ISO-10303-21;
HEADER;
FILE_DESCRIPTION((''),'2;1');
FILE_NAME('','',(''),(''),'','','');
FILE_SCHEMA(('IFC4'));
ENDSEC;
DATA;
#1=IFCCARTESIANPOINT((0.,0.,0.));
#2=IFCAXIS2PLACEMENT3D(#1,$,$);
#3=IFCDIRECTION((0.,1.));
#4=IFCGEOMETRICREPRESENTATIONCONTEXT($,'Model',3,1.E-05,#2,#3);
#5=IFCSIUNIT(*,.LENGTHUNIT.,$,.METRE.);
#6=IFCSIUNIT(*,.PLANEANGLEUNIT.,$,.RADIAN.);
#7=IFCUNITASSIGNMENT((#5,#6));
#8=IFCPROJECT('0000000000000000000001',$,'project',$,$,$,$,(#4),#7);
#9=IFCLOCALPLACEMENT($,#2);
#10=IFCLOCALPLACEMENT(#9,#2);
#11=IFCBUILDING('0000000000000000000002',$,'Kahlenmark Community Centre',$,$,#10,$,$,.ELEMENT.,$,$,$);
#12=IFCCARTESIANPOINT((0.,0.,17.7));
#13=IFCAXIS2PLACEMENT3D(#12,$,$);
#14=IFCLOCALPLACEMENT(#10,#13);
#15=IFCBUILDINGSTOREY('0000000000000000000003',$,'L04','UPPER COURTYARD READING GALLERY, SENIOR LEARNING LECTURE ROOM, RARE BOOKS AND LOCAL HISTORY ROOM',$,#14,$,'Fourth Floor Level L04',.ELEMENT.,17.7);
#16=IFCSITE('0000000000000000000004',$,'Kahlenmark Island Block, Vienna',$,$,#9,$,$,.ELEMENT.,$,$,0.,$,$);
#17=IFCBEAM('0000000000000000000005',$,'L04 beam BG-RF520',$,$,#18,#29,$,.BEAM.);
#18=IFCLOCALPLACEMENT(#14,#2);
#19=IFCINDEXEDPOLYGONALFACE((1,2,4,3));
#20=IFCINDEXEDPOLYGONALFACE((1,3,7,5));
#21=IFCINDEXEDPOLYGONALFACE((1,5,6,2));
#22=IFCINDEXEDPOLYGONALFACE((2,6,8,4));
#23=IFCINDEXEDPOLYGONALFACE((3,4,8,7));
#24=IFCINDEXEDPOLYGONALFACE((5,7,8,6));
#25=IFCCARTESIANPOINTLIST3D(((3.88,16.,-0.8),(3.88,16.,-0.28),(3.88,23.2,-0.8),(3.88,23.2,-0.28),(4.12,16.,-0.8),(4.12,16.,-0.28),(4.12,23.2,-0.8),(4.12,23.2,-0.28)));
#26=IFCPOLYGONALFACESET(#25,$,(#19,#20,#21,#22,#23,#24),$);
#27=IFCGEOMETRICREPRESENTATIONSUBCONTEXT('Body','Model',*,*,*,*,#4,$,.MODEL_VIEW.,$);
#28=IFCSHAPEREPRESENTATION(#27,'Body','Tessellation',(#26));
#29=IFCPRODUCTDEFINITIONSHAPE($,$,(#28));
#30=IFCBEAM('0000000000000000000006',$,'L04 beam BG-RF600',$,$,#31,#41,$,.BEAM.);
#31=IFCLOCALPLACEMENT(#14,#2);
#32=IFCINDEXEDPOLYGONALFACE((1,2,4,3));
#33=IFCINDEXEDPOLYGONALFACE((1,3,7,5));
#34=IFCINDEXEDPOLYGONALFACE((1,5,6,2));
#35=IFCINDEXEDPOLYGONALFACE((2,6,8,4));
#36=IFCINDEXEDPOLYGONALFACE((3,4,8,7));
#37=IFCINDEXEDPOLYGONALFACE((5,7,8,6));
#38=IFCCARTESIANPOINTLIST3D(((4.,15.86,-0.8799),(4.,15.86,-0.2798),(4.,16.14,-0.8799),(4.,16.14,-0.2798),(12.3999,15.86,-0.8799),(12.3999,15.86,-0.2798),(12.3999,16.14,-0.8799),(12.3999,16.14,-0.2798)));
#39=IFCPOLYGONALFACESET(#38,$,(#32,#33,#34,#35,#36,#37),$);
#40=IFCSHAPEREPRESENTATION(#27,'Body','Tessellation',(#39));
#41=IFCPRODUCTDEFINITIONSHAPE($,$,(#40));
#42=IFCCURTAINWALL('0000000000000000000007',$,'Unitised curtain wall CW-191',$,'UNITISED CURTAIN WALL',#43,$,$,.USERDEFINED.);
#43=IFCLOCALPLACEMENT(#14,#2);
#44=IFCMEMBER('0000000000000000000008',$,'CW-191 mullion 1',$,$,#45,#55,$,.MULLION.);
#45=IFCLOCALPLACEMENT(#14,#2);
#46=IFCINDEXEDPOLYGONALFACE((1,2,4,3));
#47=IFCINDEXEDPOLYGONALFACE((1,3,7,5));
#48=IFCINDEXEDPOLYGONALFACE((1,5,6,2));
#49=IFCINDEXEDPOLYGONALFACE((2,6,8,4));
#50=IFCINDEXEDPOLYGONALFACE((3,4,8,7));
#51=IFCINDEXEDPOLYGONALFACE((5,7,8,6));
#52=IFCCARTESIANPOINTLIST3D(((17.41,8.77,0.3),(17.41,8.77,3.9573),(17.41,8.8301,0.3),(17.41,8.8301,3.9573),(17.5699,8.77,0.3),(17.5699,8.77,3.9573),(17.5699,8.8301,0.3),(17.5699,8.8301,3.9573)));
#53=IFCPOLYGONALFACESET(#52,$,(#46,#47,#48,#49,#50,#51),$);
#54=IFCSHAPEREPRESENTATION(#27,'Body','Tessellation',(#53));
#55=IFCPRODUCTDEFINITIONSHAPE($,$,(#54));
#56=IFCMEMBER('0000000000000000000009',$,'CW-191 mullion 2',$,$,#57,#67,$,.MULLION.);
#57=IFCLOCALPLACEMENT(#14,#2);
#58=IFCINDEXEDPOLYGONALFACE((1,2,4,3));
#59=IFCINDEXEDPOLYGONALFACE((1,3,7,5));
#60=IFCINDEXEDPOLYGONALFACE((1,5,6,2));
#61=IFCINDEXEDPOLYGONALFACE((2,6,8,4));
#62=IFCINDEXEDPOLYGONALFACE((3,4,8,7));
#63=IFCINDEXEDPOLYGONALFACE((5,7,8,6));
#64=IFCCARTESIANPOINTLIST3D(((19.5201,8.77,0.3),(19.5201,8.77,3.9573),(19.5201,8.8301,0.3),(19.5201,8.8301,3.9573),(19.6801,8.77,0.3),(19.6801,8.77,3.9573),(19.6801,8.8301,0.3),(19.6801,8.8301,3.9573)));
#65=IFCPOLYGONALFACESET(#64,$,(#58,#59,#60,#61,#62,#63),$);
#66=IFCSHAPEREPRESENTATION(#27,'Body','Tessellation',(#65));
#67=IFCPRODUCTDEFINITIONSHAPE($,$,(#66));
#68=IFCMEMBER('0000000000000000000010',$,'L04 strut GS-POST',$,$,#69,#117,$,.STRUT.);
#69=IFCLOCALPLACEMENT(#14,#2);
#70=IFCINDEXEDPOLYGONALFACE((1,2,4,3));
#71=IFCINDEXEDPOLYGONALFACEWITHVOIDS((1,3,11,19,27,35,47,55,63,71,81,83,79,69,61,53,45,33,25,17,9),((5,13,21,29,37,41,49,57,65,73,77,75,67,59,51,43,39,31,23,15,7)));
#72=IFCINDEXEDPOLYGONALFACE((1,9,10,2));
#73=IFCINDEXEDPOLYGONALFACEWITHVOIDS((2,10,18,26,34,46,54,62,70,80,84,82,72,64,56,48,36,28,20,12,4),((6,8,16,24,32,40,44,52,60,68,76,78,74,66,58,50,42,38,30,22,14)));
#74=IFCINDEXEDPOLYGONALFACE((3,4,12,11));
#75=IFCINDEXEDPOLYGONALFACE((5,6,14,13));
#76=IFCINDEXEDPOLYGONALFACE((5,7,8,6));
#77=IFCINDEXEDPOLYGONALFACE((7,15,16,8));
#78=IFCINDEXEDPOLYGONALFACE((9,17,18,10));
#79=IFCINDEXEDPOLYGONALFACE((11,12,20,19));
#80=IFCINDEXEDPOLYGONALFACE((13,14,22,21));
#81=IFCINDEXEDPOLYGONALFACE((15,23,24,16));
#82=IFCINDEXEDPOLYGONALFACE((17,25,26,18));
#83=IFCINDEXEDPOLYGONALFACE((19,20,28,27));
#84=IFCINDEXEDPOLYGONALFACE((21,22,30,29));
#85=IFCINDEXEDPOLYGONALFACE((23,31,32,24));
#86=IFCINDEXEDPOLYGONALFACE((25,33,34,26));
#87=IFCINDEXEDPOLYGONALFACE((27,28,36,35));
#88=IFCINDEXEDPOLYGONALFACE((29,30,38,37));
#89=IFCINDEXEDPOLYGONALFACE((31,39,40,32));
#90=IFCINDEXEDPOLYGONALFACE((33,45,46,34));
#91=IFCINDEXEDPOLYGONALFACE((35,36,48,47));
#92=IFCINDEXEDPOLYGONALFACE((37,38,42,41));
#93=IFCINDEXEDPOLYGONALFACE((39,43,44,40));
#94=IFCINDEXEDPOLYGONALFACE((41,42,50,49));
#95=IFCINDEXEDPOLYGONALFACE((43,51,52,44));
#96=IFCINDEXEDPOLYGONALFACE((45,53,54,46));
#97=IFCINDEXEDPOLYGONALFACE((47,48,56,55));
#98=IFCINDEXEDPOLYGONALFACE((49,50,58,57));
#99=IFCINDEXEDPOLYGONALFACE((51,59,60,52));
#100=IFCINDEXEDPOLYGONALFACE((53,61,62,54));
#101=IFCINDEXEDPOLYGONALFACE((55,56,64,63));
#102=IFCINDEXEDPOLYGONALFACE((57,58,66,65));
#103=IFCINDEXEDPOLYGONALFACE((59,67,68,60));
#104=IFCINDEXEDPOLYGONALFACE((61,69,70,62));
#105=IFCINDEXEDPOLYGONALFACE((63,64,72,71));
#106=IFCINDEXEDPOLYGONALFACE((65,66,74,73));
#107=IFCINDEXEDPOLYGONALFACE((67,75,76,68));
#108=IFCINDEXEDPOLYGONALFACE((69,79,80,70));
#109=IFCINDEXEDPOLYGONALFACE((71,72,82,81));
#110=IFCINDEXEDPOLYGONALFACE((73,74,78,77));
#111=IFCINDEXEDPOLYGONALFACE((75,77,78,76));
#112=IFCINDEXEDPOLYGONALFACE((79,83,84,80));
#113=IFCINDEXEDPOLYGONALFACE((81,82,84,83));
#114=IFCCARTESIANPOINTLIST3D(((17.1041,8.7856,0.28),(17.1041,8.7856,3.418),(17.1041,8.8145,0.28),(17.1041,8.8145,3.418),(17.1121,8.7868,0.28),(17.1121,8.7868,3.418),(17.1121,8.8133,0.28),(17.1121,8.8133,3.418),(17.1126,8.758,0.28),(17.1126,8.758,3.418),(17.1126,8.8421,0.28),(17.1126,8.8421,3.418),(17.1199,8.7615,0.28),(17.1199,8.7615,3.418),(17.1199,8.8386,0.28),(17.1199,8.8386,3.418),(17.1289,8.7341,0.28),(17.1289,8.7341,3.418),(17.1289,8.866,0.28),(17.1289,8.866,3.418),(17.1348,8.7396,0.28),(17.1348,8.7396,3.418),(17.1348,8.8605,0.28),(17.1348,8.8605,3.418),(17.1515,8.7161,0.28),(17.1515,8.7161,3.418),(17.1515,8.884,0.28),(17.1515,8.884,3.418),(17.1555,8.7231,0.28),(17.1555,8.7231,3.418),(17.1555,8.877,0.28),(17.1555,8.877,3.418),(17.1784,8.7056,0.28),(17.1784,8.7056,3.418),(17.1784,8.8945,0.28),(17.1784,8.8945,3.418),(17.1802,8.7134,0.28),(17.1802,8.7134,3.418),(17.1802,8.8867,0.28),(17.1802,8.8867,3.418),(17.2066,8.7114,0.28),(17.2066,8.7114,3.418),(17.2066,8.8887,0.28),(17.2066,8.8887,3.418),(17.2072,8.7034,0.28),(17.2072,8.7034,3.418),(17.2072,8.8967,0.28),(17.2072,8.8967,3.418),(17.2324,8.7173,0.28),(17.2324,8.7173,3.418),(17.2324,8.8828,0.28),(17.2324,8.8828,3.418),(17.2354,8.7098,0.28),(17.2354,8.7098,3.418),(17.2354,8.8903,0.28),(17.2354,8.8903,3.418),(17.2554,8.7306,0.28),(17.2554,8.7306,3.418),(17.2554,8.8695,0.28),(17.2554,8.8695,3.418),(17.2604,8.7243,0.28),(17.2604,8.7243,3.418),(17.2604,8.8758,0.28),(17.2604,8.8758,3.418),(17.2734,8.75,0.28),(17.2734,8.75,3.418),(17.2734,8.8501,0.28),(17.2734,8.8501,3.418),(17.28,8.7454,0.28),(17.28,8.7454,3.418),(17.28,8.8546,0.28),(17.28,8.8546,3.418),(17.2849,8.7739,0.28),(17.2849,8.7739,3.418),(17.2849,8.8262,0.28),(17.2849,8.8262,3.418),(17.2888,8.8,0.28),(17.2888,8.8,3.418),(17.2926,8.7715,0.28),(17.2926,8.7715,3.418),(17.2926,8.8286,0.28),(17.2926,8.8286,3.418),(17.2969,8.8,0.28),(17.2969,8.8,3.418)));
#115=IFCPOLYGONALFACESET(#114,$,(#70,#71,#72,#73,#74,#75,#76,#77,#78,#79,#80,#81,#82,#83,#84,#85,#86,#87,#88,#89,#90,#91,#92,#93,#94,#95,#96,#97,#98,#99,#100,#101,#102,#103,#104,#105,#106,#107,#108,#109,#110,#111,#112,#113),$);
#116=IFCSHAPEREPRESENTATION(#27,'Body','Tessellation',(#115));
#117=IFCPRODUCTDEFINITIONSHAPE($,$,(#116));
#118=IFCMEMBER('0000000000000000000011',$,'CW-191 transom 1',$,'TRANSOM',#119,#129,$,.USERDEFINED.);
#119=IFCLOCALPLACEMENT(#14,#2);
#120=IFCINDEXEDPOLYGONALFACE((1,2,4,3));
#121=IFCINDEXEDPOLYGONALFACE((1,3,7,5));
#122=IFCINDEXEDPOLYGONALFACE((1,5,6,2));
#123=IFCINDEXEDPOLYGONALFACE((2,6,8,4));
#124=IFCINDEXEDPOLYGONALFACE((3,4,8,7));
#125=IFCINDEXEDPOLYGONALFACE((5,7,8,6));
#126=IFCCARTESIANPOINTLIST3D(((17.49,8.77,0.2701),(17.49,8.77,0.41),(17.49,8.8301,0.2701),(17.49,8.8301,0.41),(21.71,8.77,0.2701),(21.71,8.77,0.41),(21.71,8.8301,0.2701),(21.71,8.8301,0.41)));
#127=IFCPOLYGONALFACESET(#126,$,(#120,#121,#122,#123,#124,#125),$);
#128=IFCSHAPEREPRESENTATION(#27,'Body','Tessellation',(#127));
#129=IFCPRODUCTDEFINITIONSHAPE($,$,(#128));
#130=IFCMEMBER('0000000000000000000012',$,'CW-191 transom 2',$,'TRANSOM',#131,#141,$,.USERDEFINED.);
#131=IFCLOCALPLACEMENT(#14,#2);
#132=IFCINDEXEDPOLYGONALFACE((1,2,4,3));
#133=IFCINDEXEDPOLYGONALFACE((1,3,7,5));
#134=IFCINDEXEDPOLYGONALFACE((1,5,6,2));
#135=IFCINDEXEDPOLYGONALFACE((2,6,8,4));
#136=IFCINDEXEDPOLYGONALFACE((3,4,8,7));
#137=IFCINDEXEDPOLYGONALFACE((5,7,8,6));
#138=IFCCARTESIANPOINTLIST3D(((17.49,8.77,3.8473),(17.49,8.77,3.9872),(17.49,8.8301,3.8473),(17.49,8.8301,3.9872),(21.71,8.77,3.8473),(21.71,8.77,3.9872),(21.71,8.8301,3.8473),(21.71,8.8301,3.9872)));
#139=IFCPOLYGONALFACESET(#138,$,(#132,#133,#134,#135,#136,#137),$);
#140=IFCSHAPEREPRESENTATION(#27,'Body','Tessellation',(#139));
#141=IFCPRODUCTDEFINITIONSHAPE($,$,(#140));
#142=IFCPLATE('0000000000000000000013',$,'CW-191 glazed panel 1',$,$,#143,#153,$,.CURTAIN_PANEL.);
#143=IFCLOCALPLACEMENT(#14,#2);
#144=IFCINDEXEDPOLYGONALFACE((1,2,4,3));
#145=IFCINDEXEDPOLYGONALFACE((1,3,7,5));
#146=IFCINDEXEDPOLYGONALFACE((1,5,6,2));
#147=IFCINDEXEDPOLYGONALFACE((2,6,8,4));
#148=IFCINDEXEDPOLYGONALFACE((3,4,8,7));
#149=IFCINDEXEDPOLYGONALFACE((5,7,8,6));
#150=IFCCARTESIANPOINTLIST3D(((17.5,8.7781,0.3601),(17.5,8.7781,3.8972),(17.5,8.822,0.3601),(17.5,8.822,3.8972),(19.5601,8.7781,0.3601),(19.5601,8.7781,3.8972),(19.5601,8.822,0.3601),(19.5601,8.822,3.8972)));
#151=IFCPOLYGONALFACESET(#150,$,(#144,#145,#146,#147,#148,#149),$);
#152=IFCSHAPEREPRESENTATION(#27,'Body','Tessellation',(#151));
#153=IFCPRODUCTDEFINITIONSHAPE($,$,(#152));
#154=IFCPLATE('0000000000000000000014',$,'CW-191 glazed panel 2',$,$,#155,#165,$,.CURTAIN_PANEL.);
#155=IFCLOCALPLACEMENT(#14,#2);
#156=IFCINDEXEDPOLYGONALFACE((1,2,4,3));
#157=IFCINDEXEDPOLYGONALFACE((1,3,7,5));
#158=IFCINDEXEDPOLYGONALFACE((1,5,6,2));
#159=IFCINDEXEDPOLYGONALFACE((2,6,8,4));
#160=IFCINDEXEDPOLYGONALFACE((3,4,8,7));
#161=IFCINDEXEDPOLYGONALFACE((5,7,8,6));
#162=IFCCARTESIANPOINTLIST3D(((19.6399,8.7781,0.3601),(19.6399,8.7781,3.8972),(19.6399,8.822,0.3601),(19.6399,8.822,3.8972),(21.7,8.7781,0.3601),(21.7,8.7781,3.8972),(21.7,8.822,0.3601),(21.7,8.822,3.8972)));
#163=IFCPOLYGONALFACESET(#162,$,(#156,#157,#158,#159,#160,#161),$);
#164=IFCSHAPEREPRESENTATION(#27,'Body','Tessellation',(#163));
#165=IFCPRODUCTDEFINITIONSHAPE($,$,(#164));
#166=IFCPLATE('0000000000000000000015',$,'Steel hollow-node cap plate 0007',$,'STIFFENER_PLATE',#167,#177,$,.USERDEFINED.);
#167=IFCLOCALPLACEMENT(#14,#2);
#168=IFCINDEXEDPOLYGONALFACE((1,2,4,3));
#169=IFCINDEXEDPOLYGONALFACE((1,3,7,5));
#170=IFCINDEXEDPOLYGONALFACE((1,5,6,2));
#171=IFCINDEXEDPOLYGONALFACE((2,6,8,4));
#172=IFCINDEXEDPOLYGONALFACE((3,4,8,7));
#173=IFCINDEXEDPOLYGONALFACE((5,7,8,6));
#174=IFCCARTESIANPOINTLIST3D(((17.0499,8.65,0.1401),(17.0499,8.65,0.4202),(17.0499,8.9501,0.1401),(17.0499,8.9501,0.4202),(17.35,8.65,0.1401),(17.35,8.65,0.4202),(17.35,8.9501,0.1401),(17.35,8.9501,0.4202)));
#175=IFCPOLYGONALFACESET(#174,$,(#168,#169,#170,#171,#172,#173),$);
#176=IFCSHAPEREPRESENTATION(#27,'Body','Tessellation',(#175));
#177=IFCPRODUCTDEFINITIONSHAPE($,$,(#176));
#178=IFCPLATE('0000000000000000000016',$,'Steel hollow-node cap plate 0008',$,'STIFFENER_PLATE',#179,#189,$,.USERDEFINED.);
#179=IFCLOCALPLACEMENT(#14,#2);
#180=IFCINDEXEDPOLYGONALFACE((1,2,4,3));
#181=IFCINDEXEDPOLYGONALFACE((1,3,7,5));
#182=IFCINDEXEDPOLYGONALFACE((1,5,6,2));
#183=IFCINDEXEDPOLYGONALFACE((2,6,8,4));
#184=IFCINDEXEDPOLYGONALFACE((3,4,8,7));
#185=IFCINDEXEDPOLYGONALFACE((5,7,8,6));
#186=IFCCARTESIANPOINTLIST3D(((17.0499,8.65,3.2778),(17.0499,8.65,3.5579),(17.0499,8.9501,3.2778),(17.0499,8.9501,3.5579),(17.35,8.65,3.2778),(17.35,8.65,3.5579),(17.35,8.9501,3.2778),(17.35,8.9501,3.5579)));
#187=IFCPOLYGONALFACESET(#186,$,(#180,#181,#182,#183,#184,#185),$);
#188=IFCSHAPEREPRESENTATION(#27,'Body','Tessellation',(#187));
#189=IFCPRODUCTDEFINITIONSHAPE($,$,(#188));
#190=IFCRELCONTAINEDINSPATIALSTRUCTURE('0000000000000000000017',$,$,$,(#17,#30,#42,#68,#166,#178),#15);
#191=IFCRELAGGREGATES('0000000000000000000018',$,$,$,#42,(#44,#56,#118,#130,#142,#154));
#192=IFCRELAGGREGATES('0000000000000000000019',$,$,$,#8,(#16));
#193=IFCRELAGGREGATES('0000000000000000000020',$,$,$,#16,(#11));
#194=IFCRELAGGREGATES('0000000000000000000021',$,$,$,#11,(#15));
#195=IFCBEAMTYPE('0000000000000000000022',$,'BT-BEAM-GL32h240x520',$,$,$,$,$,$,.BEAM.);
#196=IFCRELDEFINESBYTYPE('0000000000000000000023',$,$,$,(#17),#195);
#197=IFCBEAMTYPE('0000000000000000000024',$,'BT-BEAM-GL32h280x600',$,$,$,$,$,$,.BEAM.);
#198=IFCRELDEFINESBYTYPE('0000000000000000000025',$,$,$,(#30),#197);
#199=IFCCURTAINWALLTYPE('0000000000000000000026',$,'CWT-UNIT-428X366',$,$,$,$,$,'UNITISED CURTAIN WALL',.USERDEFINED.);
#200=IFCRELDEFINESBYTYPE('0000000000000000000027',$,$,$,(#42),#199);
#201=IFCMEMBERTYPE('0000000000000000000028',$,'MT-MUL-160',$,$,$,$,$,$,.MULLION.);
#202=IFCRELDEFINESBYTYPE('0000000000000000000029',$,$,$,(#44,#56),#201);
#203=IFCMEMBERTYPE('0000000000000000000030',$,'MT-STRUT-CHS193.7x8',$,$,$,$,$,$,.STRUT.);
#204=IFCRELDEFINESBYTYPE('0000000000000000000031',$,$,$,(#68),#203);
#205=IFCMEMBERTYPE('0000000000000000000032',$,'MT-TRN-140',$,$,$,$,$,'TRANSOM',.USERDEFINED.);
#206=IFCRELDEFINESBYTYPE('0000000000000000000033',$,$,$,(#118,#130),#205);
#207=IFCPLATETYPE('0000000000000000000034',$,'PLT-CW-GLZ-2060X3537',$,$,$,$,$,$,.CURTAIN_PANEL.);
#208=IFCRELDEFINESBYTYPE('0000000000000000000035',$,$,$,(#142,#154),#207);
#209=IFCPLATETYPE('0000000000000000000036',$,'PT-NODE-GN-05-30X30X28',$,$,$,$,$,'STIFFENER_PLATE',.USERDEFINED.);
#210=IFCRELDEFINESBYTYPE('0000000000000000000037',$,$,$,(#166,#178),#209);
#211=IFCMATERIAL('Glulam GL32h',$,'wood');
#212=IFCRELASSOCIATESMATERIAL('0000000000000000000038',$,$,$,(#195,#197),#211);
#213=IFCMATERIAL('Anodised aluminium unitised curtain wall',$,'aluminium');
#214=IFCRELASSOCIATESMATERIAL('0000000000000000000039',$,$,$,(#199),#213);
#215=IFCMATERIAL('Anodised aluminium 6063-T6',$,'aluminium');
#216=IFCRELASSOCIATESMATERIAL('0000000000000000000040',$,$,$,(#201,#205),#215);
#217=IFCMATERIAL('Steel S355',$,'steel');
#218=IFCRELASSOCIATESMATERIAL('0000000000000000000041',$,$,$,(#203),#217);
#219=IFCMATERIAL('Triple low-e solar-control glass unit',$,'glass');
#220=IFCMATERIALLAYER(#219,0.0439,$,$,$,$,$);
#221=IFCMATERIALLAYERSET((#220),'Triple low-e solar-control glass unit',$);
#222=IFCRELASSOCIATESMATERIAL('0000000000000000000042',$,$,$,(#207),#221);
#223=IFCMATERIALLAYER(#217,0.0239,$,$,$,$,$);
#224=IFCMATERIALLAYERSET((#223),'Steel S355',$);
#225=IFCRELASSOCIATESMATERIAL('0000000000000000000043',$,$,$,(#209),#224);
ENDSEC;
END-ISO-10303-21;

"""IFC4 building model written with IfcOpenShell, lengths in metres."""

from ifc_helpers import new_model, si_unit, direction, frame, origin, origin_2d, place, context, subcontext, project, spatial, rectangle, hollow_circle, extrude, material, layer, layer_set, material_profile, profile_set, type_object, element, aggregate, save


model = new_model("IFC4")

# Units and contexts
model_context = context("Model", 3, precision=1e-05, world=origin(), true_north=direction((0.0, 1.0)))
body_context = subcontext(model_context, "Body", "Model", "MODEL_VIEW")
ifc_project = project(units=[si_unit("LENGTHUNIT", "METRE"), si_unit("PLANEANGLEUNIT", "RADIAN")], contexts=[model_context])

# Site, building, storey
site_placement = place(None, origin())
site = spatial("IfcSite", under=ifc_project, at=site_placement, Name="Kahlenmark Island Block, Vienna", CompositionType="ELEMENT", RefElevation=0.0)
building_placement = place(site_placement, origin())
building = spatial("IfcBuilding", under=site, at=building_placement, Name="Kahlenmark Community Centre", CompositionType="ELEMENT")
storey_placement = place(building_placement, frame((0.0, 0.0, 17.7)))
storey = spatial("IfcBuildingStorey", under=building, at=storey_placement, Name="L04", Description="UPPER COURTYARD READING GALLERY, SENIOR LEARNING LECTURE ROOM, RARE BOOKS AND LOCAL HISTORY ROOM", LongName="Fourth Floor Level L04", CompositionType="ELEMENT", Elevation=17.7)

# Beams
ifc_material_1 = material(Name="Glulam GL32h", Category="wood")
ifc_material_profile_1 = material_profile(ifc_material_1, rectangle(XDim=0.24, YDim=0.52, at=origin_2d()), Name="GL32h 240x520")
ifc_profile_set_1 = profile_set([ifc_material_profile_1], Name="Glulam GL32h")
beam_type_1 = type_object("IfcBeamType", Name="BT-BEAM-GL32h240x520", PredefinedType="BEAM", material=ifc_profile_set_1)
beam_1_placement = place(storey_placement, frame((4.0, 16.0, -0.54), z_axis=(0.0, 1.0, 0.0), x_axis=(-1.0, 0.0, 0.0)))
element("IfcBeam", 1, at=beam_1_placement, inside=storey, type_object=beam_type_1, Name="L04 beam BG-RF520", PredefinedType="BEAM", context=body_context, shape_type="SweptSolid", body=[
    extrude(rectangle(XDim=0.24, YDim=0.52, at=origin_2d()), origin(), (0.0, 0.0, 1.0), 7.2),
])
ifc_material_profile_2 = material_profile(ifc_material_1, rectangle(XDim=0.28, YDim=0.6001, at=origin_2d()), Name="GL32h 280x600")
ifc_profile_set_2 = profile_set([ifc_material_profile_2], Name="Glulam GL32h")
beam_type_2 = type_object("IfcBeamType", Name="BT-BEAM-GL32h280x600", PredefinedType="BEAM", material=ifc_profile_set_2)
beam_2_placement = place(storey_placement, frame((4.0, 16.0, -0.5798), z_axis=(1.0, 0.0, 0.0), x_axis=(0.0, 1.0, 0.0)))
element("IfcBeam", 2, at=beam_2_placement, inside=storey, type_object=beam_type_2, Name="L04 beam BG-RF600", PredefinedType="BEAM", context=body_context, shape_type="SweptSolid", body=[
    extrude(rectangle(XDim=0.28, YDim=0.6001, at=origin_2d()), origin(), (0.0, 0.0, 1.0), 8.3999),
])

# Curtain wall, members
ifc_material_2 = material(Name="Anodised aluminium unitised curtain wall", Category="aluminium")
curtain_wall_type = type_object("IfcCurtainWallType", Name="CWT-UNIT-428X366", ElementType="UNITISED CURTAIN WALL", PredefinedType="USERDEFINED", material=ifc_material_2)
curtain_wall_placement = place(storey_placement, origin())
curtain_wall = element("IfcCurtainWall", 3, at=curtain_wall_placement, inside=storey, type_object=curtain_wall_type, Name="Unitised curtain wall CW-191", ObjectType="UNITISED CURTAIN WALL", PredefinedType="USERDEFINED")
ifc_material_3 = material(Name="Anodised aluminium 6063-T6", Category="aluminium")
ifc_material_profile_3 = material_profile(ifc_material_3, rectangle(XDim=0.0601, YDim=0.1599, at=origin_2d()), Name="ALU MULLION 60x160")
ifc_profile_set_3 = profile_set([ifc_material_profile_3], Name="Anodised aluminium 6063-T6")
member_type_1 = type_object("IfcMemberType", Name="MT-MUL-160", PredefinedType="MULLION", material=ifc_profile_set_3)
member_1_placement = place(storey_placement, frame((17.49, 8.8, 0.3), z_axis=(0.0, 0.0, 1.0), x_axis=(0.0, 1.0, 0.0)))
member_1 = element("IfcMember", 4, at=member_1_placement, type_object=member_type_1, Name="CW-191 mullion 1", PredefinedType="MULLION", context=body_context, shape_type="SweptSolid", body=[
    extrude(rectangle(XDim=0.0601, YDim=0.1599, at=origin_2d()), origin(), (0.0, 0.0, 1.0), 3.6572),
])
member_2_placement = place(storey_placement, frame((19.6001, 8.8, 0.3), z_axis=(0.0, 0.0, 1.0), x_axis=(0.0, 1.0, 0.0)))
member_2 = element("IfcMember", 5, at=member_2_placement, type_object=member_type_1, Name="CW-191 mullion 2", PredefinedType="MULLION", context=body_context, shape_type="SweptSolid", body=[
    extrude(rectangle(XDim=0.0601, YDim=0.1599, at=origin_2d()), origin(), (0.0, 0.0, 1.0), 3.6572),
])

# Members
ifc_material_4 = material(Name="Steel S355", Category="steel")
ifc_material_profile_4 = material_profile(ifc_material_4, hollow_circle(Radius=0.0969, WallThickness=0.0081, at=origin_2d()), Name="CHS 193.7x8")
ifc_profile_set_4 = profile_set([ifc_material_profile_4], Name="Steel S355")
member_type_2 = type_object("IfcMemberType", Name="MT-STRUT-CHS193.7x8", PredefinedType="STRUT", material=ifc_profile_set_4)
member_3_placement = place(storey_placement, frame((17.2, 8.8, 0.28), z_axis=(0.0, 0.0, 1.0), x_axis=(1.0, 0.0, 0.0)))
element("IfcMember", 6, at=member_3_placement, inside=storey, type_object=member_type_2, Name="L04 strut GS-POST", PredefinedType="STRUT", context=body_context, shape_type="SweptSolid", body=[
    extrude(hollow_circle(Radius=0.0969, WallThickness=0.0081, at=origin_2d()), origin(), (0.0, 0.0, 1.0), 3.1379),
])
ifc_material_profile_5 = material_profile(ifc_material_3, rectangle(XDim=0.0601, YDim=0.1399, at=origin_2d()), Name="ALU TRANSOM 60x140")
ifc_profile_set_5 = profile_set([ifc_material_profile_5], Name="Anodised aluminium 6063-T6")
member_type_3 = type_object("IfcMemberType", Name="MT-TRN-140", ElementType="TRANSOM", PredefinedType="USERDEFINED", material=ifc_profile_set_5)
member_4_placement = place(storey_placement, frame((17.49, 8.8, 0.3401), z_axis=(1.0, 0.0, 0.0), x_axis=(0.0, 1.0, 0.0)))
member_4 = element("IfcMember", 7, at=member_4_placement, type_object=member_type_3, Name="CW-191 transom 1", ObjectType="TRANSOM", PredefinedType="USERDEFINED", context=body_context, shape_type="SweptSolid", body=[
    extrude(rectangle(XDim=0.0601, YDim=0.1399, at=origin_2d()), origin(), (0.0, 0.0, 1.0), 4.22),
])
member_5_placement = place(storey_placement, frame((17.49, 8.8, 3.9172), z_axis=(1.0, 0.0, 0.0), x_axis=(0.0, 1.0, 0.0)))
member_5 = element("IfcMember", 8, at=member_5_placement, type_object=member_type_3, Name="CW-191 transom 2", ObjectType="TRANSOM", PredefinedType="USERDEFINED", context=body_context, shape_type="SweptSolid", body=[
    extrude(rectangle(XDim=0.0601, YDim=0.1399, at=origin_2d()), origin(), (0.0, 0.0, 1.0), 4.22),
])

# Plates
ifc_material_5 = material(Name="Triple low-e solar-control glass unit", Category="glass")
ifc_layer_1 = layer(ifc_material_5, 0.0439)
ifc_layer_set_1 = layer_set([ifc_layer_1], Name="Triple low-e solar-control glass unit")
plate_type_1 = type_object("IfcPlateType", Name="PLT-CW-GLZ-2060X3537", PredefinedType="CURTAIN_PANEL", material=ifc_layer_set_1)
plate_1_placement = place(storey_placement, frame((18.53, 8.8, 0.3601), z_axis=(0.0, 0.0, 1.0), x_axis=(1.0, 0.0, 0.0)))
plate_1 = element("IfcPlate", 9, at=plate_1_placement, type_object=plate_type_1, Name="CW-191 glazed panel 1", PredefinedType="CURTAIN_PANEL", context=body_context, shape_type="SweptSolid", body=[
    extrude(rectangle(XDim=2.0601, YDim=0.0439, at=origin_2d()), origin(), (0.0, 0.0, 1.0), 3.5371),
])
plate_2_placement = place(storey_placement, frame((20.6699, 8.8, 0.3601), z_axis=(0.0, 0.0, 1.0), x_axis=(1.0, 0.0, 0.0)))
plate_2 = element("IfcPlate", 10, at=plate_2_placement, type_object=plate_type_1, Name="CW-191 glazed panel 2", PredefinedType="CURTAIN_PANEL", context=body_context, shape_type="SweptSolid", body=[
    extrude(rectangle(XDim=2.0601, YDim=0.0439, at=origin_2d()), origin(), (0.0, 0.0, 1.0), 3.5371),
])
aggregate(curtain_wall, [member_1, member_2, member_4, member_5, plate_1, plate_2])

# Plates
ifc_layer_2 = layer(ifc_material_4, 0.0239)
ifc_layer_set_2 = layer_set([ifc_layer_2], Name="Steel S355")
plate_type_2 = type_object("IfcPlateType", Name="PT-NODE-GN-05-30X30X28", ElementType="STIFFENER_PLATE", PredefinedType="USERDEFINED", material=ifc_layer_set_2)
for number, where, z_axis, x_axis, name in (
    (11, (17.2, 8.8, 0.1401), (0.0, 0.0, 1.0), (1.0, 0.0, 0.0), "Steel hollow-node cap plate 0007"),
    (12, (17.2, 8.8, 3.2778), (0.0, 0.0, 1.0), (1.0, 0.0, 0.0), "Steel hollow-node cap plate 0008"),
):
    element("IfcPlate", number, at=place(storey_placement, frame(where, z_axis=z_axis, x_axis=x_axis)), inside=storey, type_object=plate_type_2, Name=name, ObjectType="STIFFENER_PLATE", PredefinedType="USERDEFINED", context=body_context, shape_type="SweptSolid", body=[
        extrude(rectangle(XDim=0.3, YDim=0.3, at=origin_2d()), origin(), (0.0, 0.0, 1.0), 0.28),
    ])

save(model, "model.ifc")
